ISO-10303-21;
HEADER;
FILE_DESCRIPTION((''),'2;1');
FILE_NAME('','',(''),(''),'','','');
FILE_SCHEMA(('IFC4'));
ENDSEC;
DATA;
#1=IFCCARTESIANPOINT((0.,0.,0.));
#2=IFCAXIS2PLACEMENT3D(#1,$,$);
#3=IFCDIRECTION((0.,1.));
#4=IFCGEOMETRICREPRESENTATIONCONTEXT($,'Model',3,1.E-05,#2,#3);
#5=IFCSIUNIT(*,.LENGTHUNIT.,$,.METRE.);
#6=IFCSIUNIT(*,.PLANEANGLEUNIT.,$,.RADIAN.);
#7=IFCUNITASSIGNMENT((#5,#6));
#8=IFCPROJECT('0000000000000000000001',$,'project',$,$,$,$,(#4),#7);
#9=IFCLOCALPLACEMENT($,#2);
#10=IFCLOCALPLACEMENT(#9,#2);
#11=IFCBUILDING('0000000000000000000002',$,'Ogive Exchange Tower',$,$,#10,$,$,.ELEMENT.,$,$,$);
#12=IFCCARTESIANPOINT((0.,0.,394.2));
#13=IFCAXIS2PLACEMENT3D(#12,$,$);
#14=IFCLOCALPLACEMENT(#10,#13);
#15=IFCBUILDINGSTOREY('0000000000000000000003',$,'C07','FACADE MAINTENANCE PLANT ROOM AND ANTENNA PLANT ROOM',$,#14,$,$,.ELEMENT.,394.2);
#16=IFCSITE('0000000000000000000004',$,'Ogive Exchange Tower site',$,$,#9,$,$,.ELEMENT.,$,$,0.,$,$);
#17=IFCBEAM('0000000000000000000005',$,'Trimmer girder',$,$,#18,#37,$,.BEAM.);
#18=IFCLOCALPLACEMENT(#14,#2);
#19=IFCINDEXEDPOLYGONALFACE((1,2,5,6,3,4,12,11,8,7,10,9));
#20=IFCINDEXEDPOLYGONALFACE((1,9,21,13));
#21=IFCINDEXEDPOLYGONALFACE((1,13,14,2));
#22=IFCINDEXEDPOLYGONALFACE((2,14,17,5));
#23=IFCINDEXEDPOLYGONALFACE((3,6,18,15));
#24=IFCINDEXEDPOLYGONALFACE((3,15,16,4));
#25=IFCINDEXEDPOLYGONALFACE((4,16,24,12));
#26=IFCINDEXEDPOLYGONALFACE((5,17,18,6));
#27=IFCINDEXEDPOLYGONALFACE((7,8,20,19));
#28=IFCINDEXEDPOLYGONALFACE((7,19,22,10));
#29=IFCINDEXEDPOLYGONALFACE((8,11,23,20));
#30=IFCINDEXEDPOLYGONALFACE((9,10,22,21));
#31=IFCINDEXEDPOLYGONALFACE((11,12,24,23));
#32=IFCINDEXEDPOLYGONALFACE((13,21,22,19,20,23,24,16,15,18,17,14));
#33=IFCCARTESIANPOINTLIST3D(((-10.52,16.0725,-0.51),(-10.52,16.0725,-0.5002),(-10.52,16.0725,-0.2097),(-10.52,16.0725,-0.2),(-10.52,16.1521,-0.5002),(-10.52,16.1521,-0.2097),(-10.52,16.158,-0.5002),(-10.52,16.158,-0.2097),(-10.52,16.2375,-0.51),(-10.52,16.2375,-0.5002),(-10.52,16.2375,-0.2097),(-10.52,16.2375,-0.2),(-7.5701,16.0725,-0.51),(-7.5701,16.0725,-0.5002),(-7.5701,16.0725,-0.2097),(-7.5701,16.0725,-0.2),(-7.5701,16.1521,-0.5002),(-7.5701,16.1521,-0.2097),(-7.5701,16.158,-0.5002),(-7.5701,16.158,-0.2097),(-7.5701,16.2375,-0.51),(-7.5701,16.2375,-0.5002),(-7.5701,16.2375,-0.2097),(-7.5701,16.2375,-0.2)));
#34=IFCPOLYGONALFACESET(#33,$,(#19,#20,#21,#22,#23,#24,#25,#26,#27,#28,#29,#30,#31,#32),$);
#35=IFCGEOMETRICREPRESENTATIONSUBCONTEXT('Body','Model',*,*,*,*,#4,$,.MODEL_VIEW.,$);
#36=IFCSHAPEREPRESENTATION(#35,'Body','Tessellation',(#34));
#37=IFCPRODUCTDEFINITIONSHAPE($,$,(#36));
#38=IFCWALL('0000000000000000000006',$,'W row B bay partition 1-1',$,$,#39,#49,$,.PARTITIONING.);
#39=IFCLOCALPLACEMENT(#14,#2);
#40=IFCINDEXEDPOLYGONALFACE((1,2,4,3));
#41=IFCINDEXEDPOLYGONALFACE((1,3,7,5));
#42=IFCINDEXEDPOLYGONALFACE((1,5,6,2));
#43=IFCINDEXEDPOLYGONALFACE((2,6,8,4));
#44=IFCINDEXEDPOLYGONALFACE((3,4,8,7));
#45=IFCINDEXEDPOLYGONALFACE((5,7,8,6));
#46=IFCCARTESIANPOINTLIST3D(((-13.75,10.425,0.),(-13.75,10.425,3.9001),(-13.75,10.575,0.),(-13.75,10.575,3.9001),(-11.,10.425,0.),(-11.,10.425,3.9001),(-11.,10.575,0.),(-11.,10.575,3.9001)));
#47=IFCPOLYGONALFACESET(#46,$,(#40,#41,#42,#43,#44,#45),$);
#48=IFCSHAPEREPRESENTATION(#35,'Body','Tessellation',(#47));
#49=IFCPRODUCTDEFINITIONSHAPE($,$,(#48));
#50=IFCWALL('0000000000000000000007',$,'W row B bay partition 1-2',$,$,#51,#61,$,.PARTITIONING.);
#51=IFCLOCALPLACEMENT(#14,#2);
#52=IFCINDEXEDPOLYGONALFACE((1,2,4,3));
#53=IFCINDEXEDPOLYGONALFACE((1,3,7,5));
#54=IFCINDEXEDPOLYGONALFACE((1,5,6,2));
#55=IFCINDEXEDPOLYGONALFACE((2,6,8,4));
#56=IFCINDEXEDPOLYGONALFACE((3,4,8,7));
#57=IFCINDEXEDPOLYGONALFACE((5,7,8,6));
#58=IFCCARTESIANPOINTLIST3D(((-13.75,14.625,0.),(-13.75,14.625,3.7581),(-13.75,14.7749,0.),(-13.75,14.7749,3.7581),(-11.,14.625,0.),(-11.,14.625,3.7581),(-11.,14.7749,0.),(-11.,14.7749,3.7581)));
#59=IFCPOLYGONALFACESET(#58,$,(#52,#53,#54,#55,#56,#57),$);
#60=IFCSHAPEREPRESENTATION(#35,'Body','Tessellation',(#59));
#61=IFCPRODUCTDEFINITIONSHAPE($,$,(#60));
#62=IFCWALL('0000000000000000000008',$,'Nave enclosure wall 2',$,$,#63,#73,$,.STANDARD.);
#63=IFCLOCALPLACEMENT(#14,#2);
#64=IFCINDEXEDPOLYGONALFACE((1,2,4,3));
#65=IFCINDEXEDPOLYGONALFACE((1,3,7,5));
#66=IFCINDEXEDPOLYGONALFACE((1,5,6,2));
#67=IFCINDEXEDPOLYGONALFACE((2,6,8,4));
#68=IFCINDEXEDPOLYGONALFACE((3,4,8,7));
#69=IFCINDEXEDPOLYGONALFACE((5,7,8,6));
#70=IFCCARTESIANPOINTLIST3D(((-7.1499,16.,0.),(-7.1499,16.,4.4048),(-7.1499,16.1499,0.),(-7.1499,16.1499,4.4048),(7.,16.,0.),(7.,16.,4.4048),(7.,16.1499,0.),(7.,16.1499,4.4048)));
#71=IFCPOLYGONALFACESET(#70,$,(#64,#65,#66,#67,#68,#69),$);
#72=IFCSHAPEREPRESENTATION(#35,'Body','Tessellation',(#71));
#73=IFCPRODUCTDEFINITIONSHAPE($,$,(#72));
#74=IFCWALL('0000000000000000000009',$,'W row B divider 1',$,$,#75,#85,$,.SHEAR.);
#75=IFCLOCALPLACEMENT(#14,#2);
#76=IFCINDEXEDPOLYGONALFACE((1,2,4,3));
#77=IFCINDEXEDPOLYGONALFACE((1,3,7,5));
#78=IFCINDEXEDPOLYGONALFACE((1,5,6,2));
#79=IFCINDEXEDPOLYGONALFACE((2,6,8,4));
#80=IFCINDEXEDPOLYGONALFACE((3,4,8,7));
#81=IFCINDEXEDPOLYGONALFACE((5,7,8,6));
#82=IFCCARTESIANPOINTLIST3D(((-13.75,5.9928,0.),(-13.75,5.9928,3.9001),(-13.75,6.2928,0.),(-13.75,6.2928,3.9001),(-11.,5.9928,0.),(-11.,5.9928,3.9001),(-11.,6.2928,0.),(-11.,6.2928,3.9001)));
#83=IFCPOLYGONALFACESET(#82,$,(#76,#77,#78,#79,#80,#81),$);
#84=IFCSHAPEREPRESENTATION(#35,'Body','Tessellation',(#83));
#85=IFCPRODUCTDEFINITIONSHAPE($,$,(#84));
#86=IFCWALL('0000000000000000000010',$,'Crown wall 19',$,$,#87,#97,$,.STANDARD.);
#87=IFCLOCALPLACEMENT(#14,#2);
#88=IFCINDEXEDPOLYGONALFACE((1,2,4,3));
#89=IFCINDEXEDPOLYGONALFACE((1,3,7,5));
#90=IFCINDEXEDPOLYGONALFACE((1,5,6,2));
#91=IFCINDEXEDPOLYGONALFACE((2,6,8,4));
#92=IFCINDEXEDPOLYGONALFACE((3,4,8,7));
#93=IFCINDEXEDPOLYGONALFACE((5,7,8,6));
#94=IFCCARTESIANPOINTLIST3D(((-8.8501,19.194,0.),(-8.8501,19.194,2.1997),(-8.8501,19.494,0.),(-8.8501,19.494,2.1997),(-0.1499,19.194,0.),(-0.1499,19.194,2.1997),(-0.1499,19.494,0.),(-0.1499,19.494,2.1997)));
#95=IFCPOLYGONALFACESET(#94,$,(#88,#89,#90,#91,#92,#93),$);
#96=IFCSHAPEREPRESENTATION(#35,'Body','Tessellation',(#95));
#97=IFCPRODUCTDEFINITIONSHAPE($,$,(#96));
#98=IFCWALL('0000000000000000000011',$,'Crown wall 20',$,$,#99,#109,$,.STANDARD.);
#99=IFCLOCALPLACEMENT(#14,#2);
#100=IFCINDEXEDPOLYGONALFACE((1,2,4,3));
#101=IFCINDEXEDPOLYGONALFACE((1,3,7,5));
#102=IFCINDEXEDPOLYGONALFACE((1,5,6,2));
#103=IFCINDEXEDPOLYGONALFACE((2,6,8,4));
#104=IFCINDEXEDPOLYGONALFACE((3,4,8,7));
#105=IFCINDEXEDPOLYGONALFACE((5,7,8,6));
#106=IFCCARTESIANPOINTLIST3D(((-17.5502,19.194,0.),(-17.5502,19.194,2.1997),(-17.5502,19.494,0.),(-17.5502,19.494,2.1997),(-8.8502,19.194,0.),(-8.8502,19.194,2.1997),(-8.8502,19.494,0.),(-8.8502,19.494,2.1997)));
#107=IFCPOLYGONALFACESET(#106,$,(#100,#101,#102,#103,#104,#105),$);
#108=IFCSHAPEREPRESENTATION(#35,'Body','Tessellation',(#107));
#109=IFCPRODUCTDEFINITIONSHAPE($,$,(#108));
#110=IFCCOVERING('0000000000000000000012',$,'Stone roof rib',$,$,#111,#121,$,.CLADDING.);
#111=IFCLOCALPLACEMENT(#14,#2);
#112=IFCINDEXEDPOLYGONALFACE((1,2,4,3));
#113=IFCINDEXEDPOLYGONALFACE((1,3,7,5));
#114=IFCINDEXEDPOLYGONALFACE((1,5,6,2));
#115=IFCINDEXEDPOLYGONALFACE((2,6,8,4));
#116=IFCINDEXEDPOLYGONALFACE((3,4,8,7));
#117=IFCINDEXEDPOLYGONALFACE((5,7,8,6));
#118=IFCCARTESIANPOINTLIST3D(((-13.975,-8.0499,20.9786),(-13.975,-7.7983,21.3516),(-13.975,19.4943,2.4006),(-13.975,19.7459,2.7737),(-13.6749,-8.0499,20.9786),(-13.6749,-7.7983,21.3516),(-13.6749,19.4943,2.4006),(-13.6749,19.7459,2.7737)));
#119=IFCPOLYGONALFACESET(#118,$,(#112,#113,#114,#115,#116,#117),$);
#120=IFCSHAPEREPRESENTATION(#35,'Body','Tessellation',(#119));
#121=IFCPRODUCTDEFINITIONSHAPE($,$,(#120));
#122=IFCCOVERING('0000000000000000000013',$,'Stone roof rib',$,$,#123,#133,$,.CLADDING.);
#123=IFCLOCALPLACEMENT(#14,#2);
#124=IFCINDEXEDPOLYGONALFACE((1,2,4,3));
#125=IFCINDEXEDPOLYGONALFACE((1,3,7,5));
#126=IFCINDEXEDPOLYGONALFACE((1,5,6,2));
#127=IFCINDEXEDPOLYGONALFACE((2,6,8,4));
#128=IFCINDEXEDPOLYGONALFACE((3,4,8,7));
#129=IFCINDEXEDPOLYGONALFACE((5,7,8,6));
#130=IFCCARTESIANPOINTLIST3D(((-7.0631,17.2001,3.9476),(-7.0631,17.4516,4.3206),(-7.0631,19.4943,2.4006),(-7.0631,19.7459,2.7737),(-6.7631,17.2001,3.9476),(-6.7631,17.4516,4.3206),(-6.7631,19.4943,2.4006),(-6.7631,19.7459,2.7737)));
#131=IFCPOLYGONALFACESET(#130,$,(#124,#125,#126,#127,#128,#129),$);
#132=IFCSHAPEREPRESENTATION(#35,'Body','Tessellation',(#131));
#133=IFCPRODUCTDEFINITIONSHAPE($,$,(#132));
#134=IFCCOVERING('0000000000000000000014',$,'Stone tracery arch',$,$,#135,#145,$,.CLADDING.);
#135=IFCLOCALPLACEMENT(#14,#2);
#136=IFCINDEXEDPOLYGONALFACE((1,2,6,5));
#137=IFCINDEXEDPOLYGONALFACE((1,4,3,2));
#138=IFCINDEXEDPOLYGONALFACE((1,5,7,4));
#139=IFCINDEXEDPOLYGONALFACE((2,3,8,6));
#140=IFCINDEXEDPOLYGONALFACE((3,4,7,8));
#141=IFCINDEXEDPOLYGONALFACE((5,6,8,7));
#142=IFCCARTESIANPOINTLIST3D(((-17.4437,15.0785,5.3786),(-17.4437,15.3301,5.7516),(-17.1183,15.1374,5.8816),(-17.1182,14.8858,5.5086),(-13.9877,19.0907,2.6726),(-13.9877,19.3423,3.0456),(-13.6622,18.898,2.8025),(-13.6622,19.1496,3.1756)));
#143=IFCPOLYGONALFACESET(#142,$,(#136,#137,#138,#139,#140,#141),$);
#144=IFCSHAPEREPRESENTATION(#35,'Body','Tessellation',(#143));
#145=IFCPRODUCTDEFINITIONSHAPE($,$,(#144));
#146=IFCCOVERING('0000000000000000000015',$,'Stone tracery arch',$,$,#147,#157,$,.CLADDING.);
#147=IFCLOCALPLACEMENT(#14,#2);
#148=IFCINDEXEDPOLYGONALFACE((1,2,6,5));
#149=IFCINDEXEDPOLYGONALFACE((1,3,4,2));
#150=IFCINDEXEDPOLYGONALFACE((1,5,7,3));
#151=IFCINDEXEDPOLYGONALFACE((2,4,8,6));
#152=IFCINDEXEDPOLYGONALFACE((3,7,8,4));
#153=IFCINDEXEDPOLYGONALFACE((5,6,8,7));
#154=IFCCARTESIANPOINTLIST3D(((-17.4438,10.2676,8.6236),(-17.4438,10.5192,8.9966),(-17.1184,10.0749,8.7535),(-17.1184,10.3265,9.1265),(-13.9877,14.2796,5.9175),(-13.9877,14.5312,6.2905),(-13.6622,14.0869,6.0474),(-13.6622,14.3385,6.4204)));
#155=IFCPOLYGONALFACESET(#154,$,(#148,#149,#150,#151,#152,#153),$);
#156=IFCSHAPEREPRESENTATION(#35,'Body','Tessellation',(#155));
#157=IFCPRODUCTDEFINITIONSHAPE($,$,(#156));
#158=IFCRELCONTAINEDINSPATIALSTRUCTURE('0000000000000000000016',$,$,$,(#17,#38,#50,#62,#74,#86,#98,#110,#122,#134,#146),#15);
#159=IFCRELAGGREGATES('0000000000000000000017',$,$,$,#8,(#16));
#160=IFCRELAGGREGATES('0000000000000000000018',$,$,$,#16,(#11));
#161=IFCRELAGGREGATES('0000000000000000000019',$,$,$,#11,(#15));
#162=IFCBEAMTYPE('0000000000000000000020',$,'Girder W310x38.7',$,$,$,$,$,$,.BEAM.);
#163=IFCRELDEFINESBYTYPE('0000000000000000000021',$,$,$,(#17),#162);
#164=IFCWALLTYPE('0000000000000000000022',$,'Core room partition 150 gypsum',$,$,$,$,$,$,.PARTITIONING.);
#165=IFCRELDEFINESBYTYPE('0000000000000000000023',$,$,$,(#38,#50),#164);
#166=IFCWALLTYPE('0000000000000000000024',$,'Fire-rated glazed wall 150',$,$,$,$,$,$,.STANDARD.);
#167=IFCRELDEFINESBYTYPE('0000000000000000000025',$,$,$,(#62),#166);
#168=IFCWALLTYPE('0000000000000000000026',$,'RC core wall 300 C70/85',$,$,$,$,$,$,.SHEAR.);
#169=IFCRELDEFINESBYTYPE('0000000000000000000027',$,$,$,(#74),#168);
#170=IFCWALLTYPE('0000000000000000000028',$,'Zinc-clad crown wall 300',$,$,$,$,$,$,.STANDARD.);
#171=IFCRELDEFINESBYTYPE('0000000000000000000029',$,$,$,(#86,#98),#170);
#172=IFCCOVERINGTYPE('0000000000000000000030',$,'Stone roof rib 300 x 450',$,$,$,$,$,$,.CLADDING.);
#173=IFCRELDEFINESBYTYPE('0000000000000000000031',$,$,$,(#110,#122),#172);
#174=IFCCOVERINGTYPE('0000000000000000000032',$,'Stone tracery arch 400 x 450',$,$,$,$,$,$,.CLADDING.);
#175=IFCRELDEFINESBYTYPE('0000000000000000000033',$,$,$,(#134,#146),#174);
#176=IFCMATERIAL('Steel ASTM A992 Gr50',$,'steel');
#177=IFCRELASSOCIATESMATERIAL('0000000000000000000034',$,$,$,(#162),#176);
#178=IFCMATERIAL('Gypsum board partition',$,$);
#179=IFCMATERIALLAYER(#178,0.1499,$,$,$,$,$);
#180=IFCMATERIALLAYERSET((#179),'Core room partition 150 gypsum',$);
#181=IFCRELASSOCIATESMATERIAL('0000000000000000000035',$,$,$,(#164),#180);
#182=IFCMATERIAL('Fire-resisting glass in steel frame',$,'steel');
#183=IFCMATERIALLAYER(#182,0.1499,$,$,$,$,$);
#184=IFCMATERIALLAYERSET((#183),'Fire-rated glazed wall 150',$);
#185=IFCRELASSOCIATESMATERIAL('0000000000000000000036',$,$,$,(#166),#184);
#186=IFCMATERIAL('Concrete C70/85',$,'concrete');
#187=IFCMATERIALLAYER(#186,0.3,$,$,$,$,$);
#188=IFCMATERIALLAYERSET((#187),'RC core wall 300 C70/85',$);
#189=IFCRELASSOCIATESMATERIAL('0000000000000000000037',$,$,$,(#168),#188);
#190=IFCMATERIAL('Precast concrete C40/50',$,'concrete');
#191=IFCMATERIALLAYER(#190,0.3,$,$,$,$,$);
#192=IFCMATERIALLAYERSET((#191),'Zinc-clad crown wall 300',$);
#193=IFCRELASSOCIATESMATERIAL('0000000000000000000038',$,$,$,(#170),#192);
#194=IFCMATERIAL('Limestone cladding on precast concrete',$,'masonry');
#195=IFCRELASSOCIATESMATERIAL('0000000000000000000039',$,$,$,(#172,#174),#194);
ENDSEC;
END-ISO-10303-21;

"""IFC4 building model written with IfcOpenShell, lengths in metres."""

from ifc_helpers import new_model, si_unit, direction, frame, frame_2d, origin, origin_2d, place, context, subcontext, project, spatial, polyline, rectangle, i_section, outline, extrude, material, layer, layer_set, material_profile, profile_set, type_object, element, save


model = new_model("IFC4")

# Units and contexts
model_context = context("Model", 3, precision=1e-05, world=origin(), true_north=direction((0.0, 1.0)))
body_context = subcontext(model_context, "Body", "Model", "MODEL_VIEW")
ifc_project = project(units=[si_unit("LENGTHUNIT", "METRE"), si_unit("PLANEANGLEUNIT", "RADIAN")], contexts=[model_context])

# Site, building, storey
site_placement = place(None, origin())
site = spatial("IfcSite", under=ifc_project, at=site_placement, Name="Ogive Exchange Tower site", CompositionType="ELEMENT", RefElevation=0.0)
building_placement = place(site_placement, origin())
building = spatial("IfcBuilding", under=site, at=building_placement, Name="Ogive Exchange Tower", CompositionType="ELEMENT")
storey_placement = place(building_placement, frame((0.0, 0.0, 394.2)))
storey = spatial("IfcBuildingStorey", under=building, at=storey_placement, Name="C07", Description="FACADE MAINTENANCE PLANT ROOM AND ANTENNA PLANT ROOM", CompositionType="ELEMENT", Elevation=394.2)

# Shared definitions
ifc_material_1 = material(Name="Steel ASTM A992 Gr50", Category="steel")

# Beam
ifc_material_profile_1 = material_profile(ifc_material_1, i_section(OverallWidth=0.165, OverallDepth=0.3101, WebThickness=0.0059, FlangeThickness=0.0098, at=origin_2d()), Name="W310x38.7")
ifc_profile_set_1 = profile_set([ifc_material_profile_1], Name="Steel ASTM A992 Gr50")
beam_type_1 = type_object("IfcBeamType", Name="Girder W310x38.7", PredefinedType="BEAM", material=ifc_profile_set_1)
beam_1_placement = place(storey_placement, frame((-10.52, 16.155, -0.355), z_axis=(1.0, 0.0, 0.0), x_axis=(0.0, 1.0, 0.0)))
element("IfcBeam", 1, at=beam_1_placement, inside=storey, type_object=beam_type_1, Name="Trimmer girder", PredefinedType="BEAM", context=body_context, shape_type="SweptSolid", body=[
    extrude(i_section(OverallWidth=0.165, OverallDepth=0.3101, WebThickness=0.0059, FlangeThickness=0.0098, at=origin_2d()), origin(), (0.0, 0.0, 1.0), 2.95),
])

# Walls
ifc_material_2 = material(Name="Gypsum board partition")
ifc_layer_1 = layer(ifc_material_2, 0.1499)
ifc_layer_set_1 = layer_set([ifc_layer_1], Name="Core room partition 150 gypsum")
wall_type_1 = type_object("IfcWallType", Name="Core room partition 150 gypsum", PredefinedType="PARTITIONING", material=ifc_layer_set_1)
wall_1_placement = place(storey_placement, frame((-13.75, 10.5, 0.0), z_axis=(0.0, 0.0, 1.0), x_axis=(1.0, 0.0, 0.0)))
element("IfcWall", 2, at=wall_1_placement, inside=storey, type_object=wall_type_1, Name="W row B bay partition 1-1", PredefinedType="PARTITIONING", context=body_context, shape_type="SweptSolid", body=[
    extrude(rectangle(XDim=2.75, YDim=0.1499, at=frame_2d((1.375, 0.0))), origin(), (0.0, 0.0, 1.0), 3.9001),
])
wall_2_placement = place(storey_placement, frame((-13.75, 14.7, 0.0), z_axis=(0.0, 0.0, 1.0), x_axis=(1.0, 0.0, 0.0)))
element("IfcWall", 3, at=wall_2_placement, inside=storey, type_object=wall_type_1, Name="W row B bay partition 1-2", PredefinedType="PARTITIONING", context=body_context, shape_type="SweptSolid", body=[
    extrude(outline(polyline([(0.0, 0.0), (2.75, 0.0), (2.75, 3.7581), (0.0, 3.7581), (0.0, 0.0)])), frame((0.0, 0.075, 0.0), z_axis=(0.0, -1.0, 0.0), x_axis=(1.0, 0.0, 0.0)), (0.0, 0.0, 1.0), 0.1499),
])
ifc_material_3 = material(Name="Fire-resisting glass in steel frame", Category="steel")
ifc_layer_2 = layer(ifc_material_3, 0.1499)
ifc_layer_set_2 = layer_set([ifc_layer_2], Name="Fire-rated glazed wall 150")
wall_type_2 = type_object("IfcWallType", Name="Fire-rated glazed wall 150", PredefinedType="STANDARD", material=ifc_layer_set_2)
wall_3_placement = place(storey_placement, frame((-7.1499, 16.075, 0.0), z_axis=(0.0, 0.0, 1.0), x_axis=(1.0, 0.0, 0.0)))
element("IfcWall", 4, at=wall_3_placement, inside=storey, type_object=wall_type_2, Name="Nave enclosure wall 2", PredefinedType="STANDARD", context=body_context, shape_type="SweptSolid", body=[
    extrude(rectangle(XDim=14.1499, YDim=0.1499, at=frame_2d((7.075, 0.0))), origin(), (0.0, 0.0, 1.0), 4.4048),
])
ifc_material_4 = material(Name="Concrete C70/85", Category="concrete")
ifc_layer_3 = layer(ifc_material_4, 0.3)
ifc_layer_set_3 = layer_set([ifc_layer_3], Name="RC core wall 300 C70/85")
wall_type_3 = type_object("IfcWallType", Name="RC core wall 300 C70/85", PredefinedType="SHEAR", material=ifc_layer_set_3)
wall_4_placement = place(storey_placement, frame((-13.75, 6.1428, 0.0), z_axis=(0.0, 0.0, 1.0), x_axis=(1.0, 0.0, 0.0)))
element("IfcWall", 5, at=wall_4_placement, inside=storey, type_object=wall_type_3, Name="W row B divider 1", PredefinedType="SHEAR", context=body_context, shape_type="SweptSolid", body=[
    extrude(rectangle(XDim=2.75, YDim=0.3, at=frame_2d((1.375, 0.0))), origin(), (0.0, 0.0, 1.0), 3.9001),
])
ifc_material_5 = material(Name="Precast concrete C40/50", Category="concrete")
ifc_layer_4 = layer(ifc_material_5, 0.3)
ifc_layer_set_4 = layer_set([ifc_layer_4], Name="Zinc-clad crown wall 300")
wall_type_4 = type_object("IfcWallType", Name="Zinc-clad crown wall 300", PredefinedType="STANDARD", material=ifc_layer_set_4)
wall_5_placement = place(storey_placement, frame((-0.1499, 19.344, 0.0), z_axis=(0.0, 0.0, 1.0), x_axis=(-1.0, 0.0, 0.0)))
element("IfcWall", 6, at=wall_5_placement, inside=storey, type_object=wall_type_4, Name="Crown wall 19", PredefinedType="STANDARD", context=body_context, shape_type="SweptSolid", body=[
    extrude(rectangle(XDim=8.7002, YDim=0.3, at=frame_2d((4.3501, 0.0))), origin(), (0.0, 0.0, 1.0), 2.1997),
])
wall_6_placement = place(storey_placement, frame((-8.8501, 19.344, 0.0), z_axis=(0.0, 0.0, 1.0), x_axis=(-1.0, 0.0, 0.0)))
element("IfcWall", 7, at=wall_6_placement, inside=storey, type_object=wall_type_4, Name="Crown wall 20", PredefinedType="STANDARD", context=body_context, shape_type="SweptSolid", body=[
    extrude(rectangle(XDim=8.7, YDim=0.3, at=frame_2d((4.3501, 0.0))), origin(), (0.0, 0.0, 1.0), 2.1997),
])

# Coverings
ifc_material_6 = material(Name="Limestone cladding on precast concrete", Category="masonry")
ifc_material_profile_2 = material_profile(ifc_material_6, rectangle(XDim=0.3, YDim=0.45, at=origin_2d()), Name="RIB 300 x 450")
ifc_profile_set_2 = profile_set([ifc_material_profile_2], Name="Limestone cladding on precast concrete")
covering_type_1 = type_object("IfcCoveringType", Name="Stone roof rib 300 x 450", PredefinedType="CLADDING", material=ifc_profile_set_2)
covering_1_placement = place(storey_placement, frame((-13.825, 19.6201, 2.5872), z_axis=(0.0, -0.82905, 0.559174), x_axis=(1.0, 0.0, 0.0)))
element("IfcCovering", 8, at=covering_1_placement, inside=storey, type_object=covering_type_1, Name="Stone roof rib", PredefinedType="CLADDING", context=body_context, shape_type="SweptSolid", body=[
    extrude(rectangle(XDim=0.3, YDim=0.45, at=origin_2d()), origin(), (0.0, 0.0, 1.0), 33.2239),
])
covering_2_placement = place(storey_placement, frame((-6.9131, 19.6201, 2.5872), z_axis=(0.0, -0.829134, 0.55905), x_axis=(1.0, 0.0, 0.0)))
element("IfcCovering", 9, at=covering_2_placement, inside=storey, type_object=covering_type_1, Name="Stone roof rib", PredefinedType="CLADDING", context=body_context, shape_type="SweptSolid", body=[
    extrude(rectangle(XDim=0.3, YDim=0.45, at=origin_2d()), origin(), (0.0, 0.0, 1.0), 2.7671),
])
ifc_material_profile_3 = material_profile(ifc_material_6, rectangle(XDim=0.3999, YDim=0.45, at=origin_2d()), Name="TRACERY 400 x 450")
ifc_profile_set_3 = profile_set([ifc_material_profile_3], Name="Limestone cladding on precast concrete")
covering_type_2 = type_object("IfcCoveringType", Name="Stone tracery arch 400 x 450", PredefinedType="CLADDING", material=ifc_profile_set_3)
for number, where, z_axis, x_axis, name in (
    (10, (-13.825, 19.1201, 2.9241), (-0.581159, -0.674679, 0.455041), (0.81379, -0.481799, 0.324984), "Stone tracery arch"),
    (11, (-13.825, 14.3091, 6.1689), (-0.581175, -0.674657, 0.455054), (0.813779, -0.48182, 0.324982), "Stone tracery arch"),
):
    element("IfcCovering", number, at=place(storey_placement, frame(where, z_axis=z_axis, x_axis=x_axis)), inside=storey, type_object=covering_type_2, Name=name, PredefinedType="CLADDING", context=body_context, shape_type="SweptSolid", body=[
        extrude(rectangle(XDim=0.3999, YDim=0.45, at=origin_2d()), origin(), (0.0, 0.0, 1.0), 5.9468),
    ])

save(model, "model.ifc")
